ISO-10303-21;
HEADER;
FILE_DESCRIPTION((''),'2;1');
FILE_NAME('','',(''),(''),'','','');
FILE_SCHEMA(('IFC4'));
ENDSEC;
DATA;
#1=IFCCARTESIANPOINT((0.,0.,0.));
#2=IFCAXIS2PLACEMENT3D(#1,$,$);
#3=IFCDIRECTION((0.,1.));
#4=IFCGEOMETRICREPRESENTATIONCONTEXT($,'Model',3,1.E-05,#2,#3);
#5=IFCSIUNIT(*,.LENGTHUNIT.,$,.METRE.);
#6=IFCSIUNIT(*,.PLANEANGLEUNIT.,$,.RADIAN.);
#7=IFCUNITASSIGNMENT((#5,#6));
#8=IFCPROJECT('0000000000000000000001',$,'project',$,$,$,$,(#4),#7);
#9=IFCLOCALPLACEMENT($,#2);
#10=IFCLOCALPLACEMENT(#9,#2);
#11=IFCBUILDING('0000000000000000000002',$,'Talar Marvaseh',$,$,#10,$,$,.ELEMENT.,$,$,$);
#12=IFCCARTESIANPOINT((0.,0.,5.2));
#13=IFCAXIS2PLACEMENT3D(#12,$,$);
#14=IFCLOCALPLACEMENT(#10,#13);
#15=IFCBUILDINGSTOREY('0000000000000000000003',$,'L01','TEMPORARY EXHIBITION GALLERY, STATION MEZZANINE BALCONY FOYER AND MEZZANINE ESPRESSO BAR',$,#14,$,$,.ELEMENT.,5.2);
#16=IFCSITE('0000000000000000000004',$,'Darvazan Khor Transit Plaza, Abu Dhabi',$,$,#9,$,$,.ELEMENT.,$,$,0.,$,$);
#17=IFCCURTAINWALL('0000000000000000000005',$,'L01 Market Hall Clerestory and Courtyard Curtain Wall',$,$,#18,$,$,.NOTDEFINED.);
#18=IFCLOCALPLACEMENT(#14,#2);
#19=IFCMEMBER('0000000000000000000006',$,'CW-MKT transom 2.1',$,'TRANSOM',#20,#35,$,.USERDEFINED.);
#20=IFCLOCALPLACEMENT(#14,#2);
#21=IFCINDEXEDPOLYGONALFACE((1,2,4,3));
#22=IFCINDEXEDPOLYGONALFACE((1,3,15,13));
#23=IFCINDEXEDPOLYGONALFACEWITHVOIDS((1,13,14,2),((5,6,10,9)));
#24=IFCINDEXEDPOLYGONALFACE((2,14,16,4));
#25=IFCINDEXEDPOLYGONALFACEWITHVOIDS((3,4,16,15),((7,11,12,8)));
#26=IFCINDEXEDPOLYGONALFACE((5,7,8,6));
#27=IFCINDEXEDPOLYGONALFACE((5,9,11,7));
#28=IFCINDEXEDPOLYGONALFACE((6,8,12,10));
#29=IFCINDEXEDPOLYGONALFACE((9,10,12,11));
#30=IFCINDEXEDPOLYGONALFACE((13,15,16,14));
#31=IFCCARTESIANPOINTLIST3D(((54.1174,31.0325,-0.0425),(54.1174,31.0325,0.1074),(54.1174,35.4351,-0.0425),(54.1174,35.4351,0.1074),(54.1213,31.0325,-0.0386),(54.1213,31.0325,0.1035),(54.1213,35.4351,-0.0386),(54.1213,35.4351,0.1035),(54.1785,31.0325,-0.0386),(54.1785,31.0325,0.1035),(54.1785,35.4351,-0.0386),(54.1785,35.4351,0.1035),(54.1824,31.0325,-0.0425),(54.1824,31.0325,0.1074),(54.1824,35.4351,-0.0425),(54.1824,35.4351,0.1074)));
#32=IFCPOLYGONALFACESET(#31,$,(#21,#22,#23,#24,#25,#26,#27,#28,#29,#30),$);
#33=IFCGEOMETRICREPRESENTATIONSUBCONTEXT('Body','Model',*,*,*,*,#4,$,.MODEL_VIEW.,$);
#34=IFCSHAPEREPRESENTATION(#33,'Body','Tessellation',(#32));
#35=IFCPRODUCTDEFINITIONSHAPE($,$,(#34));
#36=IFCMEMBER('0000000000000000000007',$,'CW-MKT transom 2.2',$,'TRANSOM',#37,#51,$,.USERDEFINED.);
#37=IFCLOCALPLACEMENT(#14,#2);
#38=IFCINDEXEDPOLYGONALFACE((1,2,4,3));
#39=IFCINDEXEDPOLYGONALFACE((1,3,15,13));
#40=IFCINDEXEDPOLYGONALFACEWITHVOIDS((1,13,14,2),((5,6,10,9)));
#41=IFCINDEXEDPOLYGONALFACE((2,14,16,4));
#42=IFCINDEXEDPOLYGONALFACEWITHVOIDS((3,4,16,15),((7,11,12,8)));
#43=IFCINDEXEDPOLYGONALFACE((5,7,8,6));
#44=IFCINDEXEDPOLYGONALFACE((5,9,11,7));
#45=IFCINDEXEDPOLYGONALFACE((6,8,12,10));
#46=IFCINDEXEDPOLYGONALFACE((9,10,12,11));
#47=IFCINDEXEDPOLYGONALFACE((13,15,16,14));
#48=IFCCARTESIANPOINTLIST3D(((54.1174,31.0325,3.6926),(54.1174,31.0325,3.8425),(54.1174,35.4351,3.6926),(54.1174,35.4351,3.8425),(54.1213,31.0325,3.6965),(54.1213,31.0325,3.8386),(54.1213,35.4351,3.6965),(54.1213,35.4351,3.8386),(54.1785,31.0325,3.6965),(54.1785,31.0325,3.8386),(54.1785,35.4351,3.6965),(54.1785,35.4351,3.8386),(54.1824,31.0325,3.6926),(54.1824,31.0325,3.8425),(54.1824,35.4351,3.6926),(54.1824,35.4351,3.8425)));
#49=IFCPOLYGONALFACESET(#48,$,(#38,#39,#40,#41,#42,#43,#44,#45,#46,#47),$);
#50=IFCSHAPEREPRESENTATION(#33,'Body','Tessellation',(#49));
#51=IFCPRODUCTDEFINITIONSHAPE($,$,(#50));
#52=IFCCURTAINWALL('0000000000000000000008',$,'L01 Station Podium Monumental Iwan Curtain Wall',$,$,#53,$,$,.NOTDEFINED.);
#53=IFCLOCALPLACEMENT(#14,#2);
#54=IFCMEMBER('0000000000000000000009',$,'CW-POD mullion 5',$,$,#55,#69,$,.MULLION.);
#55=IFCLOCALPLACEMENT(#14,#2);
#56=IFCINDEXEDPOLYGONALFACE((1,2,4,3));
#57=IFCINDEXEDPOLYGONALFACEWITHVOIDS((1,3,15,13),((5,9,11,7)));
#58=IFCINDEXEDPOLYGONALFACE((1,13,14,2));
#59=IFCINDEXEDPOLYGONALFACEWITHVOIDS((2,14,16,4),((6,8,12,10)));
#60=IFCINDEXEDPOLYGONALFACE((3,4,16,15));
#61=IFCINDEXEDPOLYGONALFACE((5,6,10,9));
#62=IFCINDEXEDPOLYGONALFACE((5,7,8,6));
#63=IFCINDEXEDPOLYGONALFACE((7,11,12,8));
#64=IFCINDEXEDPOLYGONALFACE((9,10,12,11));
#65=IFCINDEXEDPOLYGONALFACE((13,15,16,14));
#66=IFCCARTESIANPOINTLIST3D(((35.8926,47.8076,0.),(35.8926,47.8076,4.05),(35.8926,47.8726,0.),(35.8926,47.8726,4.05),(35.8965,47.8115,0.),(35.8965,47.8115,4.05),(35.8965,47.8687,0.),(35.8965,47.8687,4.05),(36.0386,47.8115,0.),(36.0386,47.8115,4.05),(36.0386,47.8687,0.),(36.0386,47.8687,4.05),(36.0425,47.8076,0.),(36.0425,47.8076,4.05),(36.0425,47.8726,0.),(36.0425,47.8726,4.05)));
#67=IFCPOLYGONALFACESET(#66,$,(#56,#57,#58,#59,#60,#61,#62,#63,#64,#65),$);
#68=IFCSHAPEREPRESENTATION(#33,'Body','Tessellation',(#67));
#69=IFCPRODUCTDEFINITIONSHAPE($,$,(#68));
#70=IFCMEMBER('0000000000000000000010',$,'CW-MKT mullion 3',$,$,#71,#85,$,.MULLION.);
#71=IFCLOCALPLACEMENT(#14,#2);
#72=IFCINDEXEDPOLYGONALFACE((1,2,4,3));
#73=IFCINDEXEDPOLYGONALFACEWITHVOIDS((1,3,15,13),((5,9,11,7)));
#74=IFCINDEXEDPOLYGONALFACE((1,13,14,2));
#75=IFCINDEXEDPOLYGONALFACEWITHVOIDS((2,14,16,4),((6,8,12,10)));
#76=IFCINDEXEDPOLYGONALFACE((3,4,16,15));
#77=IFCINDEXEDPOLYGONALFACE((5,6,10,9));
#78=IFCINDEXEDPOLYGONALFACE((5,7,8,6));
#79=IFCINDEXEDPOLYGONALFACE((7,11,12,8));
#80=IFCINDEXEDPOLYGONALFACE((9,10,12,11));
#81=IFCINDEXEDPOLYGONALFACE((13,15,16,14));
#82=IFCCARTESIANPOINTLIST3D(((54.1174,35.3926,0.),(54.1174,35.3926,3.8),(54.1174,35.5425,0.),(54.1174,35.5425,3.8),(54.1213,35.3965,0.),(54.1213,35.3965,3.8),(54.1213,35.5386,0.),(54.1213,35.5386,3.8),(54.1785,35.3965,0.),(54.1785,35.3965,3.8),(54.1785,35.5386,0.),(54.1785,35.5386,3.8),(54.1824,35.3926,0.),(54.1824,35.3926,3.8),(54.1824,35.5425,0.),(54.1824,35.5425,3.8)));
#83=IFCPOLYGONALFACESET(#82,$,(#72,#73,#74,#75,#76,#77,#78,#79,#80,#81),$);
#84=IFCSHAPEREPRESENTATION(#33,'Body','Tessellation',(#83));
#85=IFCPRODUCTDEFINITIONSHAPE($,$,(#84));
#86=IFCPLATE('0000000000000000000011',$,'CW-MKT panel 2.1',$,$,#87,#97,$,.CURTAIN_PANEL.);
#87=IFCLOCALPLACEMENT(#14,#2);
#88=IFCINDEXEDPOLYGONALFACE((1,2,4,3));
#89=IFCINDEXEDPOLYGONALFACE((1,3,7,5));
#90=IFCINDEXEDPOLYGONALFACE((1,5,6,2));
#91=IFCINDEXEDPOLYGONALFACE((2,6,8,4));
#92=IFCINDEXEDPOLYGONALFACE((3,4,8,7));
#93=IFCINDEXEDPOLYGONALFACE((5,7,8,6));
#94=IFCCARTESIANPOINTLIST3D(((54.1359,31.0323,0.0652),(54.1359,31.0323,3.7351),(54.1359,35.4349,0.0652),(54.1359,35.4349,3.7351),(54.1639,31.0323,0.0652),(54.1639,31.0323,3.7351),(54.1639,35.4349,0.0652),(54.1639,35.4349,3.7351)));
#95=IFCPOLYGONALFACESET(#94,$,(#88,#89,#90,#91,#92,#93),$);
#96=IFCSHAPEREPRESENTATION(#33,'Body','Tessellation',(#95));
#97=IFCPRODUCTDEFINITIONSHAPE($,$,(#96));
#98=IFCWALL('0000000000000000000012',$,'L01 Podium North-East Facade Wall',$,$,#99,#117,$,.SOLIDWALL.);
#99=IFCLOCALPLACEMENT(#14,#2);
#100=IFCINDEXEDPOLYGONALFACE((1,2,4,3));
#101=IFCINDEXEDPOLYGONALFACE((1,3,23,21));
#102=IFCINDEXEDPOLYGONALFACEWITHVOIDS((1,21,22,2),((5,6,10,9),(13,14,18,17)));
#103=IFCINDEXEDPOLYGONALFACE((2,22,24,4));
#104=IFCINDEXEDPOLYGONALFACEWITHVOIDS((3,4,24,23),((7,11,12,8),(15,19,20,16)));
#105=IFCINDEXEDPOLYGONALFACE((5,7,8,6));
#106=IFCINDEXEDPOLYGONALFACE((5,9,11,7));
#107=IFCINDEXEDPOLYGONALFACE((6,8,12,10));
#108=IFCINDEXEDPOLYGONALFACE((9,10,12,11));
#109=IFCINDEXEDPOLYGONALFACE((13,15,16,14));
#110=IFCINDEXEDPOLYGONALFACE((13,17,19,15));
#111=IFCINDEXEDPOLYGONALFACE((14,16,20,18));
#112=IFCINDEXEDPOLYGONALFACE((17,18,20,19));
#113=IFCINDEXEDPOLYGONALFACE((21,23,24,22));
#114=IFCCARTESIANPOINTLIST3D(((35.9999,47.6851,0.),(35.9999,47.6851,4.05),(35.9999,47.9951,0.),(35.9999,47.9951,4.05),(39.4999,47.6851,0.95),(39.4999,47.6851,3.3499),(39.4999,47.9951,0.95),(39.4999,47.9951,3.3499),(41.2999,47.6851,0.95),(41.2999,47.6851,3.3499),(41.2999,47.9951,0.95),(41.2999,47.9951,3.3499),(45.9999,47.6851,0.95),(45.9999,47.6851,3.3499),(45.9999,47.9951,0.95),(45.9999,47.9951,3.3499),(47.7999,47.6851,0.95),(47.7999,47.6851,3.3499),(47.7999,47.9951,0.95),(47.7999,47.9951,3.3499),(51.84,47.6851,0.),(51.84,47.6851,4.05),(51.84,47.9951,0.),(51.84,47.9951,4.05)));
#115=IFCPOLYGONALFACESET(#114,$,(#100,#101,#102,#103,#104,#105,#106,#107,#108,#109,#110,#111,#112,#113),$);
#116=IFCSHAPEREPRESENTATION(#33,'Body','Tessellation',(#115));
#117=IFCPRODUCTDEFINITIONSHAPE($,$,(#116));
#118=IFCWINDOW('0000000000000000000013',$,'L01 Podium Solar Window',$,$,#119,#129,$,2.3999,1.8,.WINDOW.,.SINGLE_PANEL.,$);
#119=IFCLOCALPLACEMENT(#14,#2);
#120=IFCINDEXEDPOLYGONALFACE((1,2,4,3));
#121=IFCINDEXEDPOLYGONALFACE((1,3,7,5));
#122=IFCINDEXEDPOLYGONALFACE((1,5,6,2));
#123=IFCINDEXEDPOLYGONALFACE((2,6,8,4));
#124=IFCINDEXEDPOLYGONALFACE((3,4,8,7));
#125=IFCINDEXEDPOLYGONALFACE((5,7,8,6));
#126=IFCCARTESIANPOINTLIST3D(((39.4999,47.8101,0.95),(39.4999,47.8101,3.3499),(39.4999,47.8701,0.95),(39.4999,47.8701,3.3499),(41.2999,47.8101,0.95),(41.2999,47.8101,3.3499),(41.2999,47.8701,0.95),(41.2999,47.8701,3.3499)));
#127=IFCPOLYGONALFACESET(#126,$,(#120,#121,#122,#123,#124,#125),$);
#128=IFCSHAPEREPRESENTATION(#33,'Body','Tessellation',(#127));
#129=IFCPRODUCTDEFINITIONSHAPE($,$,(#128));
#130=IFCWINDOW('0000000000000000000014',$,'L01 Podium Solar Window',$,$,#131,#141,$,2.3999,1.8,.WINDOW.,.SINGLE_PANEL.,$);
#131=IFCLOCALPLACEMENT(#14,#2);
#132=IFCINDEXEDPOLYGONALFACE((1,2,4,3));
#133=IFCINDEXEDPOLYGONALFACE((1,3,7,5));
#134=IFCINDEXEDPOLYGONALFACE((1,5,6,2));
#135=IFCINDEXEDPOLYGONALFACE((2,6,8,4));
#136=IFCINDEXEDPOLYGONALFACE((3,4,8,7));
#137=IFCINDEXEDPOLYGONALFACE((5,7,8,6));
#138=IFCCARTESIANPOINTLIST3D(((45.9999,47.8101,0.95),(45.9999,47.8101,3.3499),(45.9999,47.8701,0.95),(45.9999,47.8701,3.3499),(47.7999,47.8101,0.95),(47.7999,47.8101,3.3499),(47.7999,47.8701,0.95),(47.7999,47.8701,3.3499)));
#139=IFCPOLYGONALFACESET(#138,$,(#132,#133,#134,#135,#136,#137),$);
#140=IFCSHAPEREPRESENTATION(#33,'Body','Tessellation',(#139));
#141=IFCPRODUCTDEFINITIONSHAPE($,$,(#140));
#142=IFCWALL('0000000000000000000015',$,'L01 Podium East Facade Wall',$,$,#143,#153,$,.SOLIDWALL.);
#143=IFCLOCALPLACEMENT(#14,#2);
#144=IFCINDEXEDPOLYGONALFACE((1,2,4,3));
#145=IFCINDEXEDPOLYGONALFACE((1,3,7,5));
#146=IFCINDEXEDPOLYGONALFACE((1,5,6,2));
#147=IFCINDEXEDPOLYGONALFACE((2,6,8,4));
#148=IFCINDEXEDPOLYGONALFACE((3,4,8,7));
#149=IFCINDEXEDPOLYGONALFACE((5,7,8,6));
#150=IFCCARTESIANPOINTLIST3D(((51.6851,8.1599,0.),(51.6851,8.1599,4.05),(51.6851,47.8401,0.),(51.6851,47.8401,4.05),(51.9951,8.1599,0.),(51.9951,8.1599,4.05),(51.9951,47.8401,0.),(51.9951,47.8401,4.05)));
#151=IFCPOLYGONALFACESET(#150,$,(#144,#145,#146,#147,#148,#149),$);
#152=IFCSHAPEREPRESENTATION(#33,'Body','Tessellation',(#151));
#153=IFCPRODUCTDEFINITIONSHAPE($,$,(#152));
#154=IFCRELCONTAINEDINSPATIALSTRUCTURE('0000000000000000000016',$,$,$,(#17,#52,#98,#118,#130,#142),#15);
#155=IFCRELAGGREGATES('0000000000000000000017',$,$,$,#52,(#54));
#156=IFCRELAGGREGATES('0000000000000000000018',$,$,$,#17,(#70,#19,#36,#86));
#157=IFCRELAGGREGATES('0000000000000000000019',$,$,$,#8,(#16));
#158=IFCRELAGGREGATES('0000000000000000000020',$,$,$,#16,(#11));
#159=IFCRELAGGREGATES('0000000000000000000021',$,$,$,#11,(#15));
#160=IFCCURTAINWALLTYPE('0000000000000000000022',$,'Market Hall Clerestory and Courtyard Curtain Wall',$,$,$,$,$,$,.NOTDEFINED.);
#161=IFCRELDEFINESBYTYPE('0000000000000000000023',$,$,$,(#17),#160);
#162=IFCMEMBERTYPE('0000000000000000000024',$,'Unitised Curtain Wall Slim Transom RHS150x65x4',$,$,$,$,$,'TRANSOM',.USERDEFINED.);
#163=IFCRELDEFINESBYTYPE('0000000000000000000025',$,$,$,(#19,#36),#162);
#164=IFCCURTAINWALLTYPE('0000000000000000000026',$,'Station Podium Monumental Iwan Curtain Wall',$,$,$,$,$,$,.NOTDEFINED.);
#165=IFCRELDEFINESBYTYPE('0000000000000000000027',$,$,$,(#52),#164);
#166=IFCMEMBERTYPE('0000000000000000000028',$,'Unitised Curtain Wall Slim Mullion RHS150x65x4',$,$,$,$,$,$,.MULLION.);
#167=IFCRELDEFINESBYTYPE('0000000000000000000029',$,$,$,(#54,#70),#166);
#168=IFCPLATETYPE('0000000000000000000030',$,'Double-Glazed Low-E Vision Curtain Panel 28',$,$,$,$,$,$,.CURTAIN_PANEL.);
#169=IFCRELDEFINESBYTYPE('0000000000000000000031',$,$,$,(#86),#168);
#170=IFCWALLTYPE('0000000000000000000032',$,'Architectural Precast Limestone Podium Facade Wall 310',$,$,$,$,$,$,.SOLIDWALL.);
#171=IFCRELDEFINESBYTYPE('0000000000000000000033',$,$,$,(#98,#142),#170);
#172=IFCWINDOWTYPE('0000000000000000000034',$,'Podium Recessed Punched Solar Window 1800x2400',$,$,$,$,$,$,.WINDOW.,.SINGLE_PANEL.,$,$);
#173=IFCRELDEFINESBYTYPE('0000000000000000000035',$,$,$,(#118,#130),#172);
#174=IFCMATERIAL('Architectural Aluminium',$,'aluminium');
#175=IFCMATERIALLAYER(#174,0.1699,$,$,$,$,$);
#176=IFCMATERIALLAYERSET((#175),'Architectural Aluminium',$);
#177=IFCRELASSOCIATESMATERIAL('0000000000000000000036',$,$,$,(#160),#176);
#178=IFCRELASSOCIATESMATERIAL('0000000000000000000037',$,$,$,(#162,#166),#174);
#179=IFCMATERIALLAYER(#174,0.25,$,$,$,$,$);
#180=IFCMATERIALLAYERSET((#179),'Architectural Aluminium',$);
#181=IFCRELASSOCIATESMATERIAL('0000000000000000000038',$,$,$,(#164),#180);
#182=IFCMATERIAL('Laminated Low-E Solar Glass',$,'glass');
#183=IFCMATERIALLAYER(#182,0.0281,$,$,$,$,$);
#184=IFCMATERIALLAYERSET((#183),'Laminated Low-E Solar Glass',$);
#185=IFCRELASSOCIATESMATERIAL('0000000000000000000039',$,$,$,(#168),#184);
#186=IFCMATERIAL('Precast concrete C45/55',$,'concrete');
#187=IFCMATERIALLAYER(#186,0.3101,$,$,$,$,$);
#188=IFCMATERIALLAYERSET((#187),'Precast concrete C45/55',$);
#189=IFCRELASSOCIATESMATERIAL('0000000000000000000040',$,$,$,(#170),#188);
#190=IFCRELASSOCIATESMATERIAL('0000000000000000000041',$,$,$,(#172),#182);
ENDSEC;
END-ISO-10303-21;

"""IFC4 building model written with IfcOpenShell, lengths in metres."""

from ifc_helpers import new_model, si_unit, direction, frame, frame_2d, origin, origin_2d, place, context, subcontext, project, spatial, rectangle, hollow_rectangle, extrude, source, transform, mapped, material, layer, layer_set, material_profile, profile_set, type_object, type_shapes, element, fill, aggregate, save


model = new_model("IFC4")

# Units and contexts
model_context = context("Model", 3, precision=1e-05, world=origin(), true_north=direction((0.0, 1.0)))
body_context = subcontext(model_context, "Body", "Model", "MODEL_VIEW")
ifc_project = project(units=[si_unit("LENGTHUNIT", "METRE"), si_unit("PLANEANGLEUNIT", "RADIAN")], contexts=[model_context])

# Site, building, storey
site_placement = place(None, origin())
site = spatial("IfcSite", under=ifc_project, at=site_placement, Name="Darvazan Khor Transit Plaza, Abu Dhabi", CompositionType="ELEMENT", RefElevation=0.0)
building_placement = place(site_placement, origin())
building = spatial("IfcBuilding", under=site, at=building_placement, Name="Talar Marvaseh", CompositionType="ELEMENT")
storey_placement = place(building_placement, frame((0.0, 0.0, 5.2)))
storey = spatial("IfcBuildingStorey", under=building, at=storey_placement, Name="L01", Description="TEMPORARY EXHIBITION GALLERY, STATION MEZZANINE BALCONY FOYER AND MEZZANINE ESPRESSO BAR", CompositionType="ELEMENT", Elevation=5.2)

# Curtain wall, members
ifc_material_1 = material(Name="Architectural Aluminium", Category="aluminium")
ifc_layer_1 = layer(ifc_material_1, 0.1699)
ifc_layer_set_1 = layer_set([ifc_layer_1], Name="Architectural Aluminium")
curtain_wall_type_1 = type_object("IfcCurtainWallType", Name="Market Hall Clerestory and Courtyard Curtain Wall", PredefinedType="NOTDEFINED", material=ifc_layer_set_1)
curtain_wall_1_placement = place(storey_placement, origin())
curtain_wall_1 = element("IfcCurtainWall", 1, at=curtain_wall_1_placement, inside=storey, type_object=curtain_wall_type_1, Name="L01 Market Hall Clerestory and Courtyard Curtain Wall", PredefinedType="NOTDEFINED")
ifc_material_profile_1 = material_profile(ifc_material_1, hollow_rectangle(XDim=0.0649, YDim=0.1499, WallThickness=0.0039, at=origin_2d()), Name="RHS150x65x4")
ifc_profile_set_1 = profile_set([ifc_material_profile_1], Name="Architectural Aluminium")
member_type_1 = type_object("IfcMemberType", Name="Unitised Curtain Wall Slim Transom RHS150x65x4", ElementType="TRANSOM", PredefinedType="USERDEFINED", material=ifc_profile_set_1)
shared_shape_1 = source(origin(), body_context, "Body", "SweptSolid", [
    extrude(hollow_rectangle(XDim=0.0649, YDim=0.1499, WallThickness=0.0039, at=origin_2d()), origin(), (0.0, 0.0, 1.0), 4.4026),
])
type_shapes(member_type_1, [shared_shape_1])
member_1_placement = place(storey_placement, frame((54.1499, 31.0325, 0.0325), z_axis=(0.0, 1.0, 0.0), x_axis=(-1.0, 0.0, 0.0)))
member_1 = element("IfcMember", 2, at=member_1_placement, type_object=member_type_1, Name="CW-MKT transom 2.1", ObjectType="TRANSOM", PredefinedType="USERDEFINED", context=body_context, shape_type="MappedRepresentation", body=[
    mapped(shared_shape_1, transform((0.0, 0.0, 0.0), x_axis=(1.0, 0.0, 0.0), y_axis=(0.0, 1.0, 0.0), z_axis=(0.0, 0.0, 1.0), scale=1.0)),
])
member_2_placement = place(storey_placement, frame((54.1499, 31.0325, 3.7676), z_axis=(0.0, 1.0, 0.0), x_axis=(-1.0, 0.0, 0.0)))
member_2 = element("IfcMember", 3, at=member_2_placement, type_object=member_type_1, Name="CW-MKT transom 2.2", ObjectType="TRANSOM", PredefinedType="USERDEFINED", context=body_context, shape_type="MappedRepresentation", body=[
    mapped(shared_shape_1, transform((0.0, 0.0, 0.0), x_axis=(1.0, 0.0, 0.0), y_axis=(0.0, 1.0, 0.0), z_axis=(0.0, 0.0, 1.0), scale=1.0)),
])

# Curtain wall, member
ifc_layer_2 = layer(ifc_material_1, 0.25)
ifc_layer_set_2 = layer_set([ifc_layer_2], Name="Architectural Aluminium")
curtain_wall_type_2 = type_object("IfcCurtainWallType", Name="Station Podium Monumental Iwan Curtain Wall", PredefinedType="NOTDEFINED", material=ifc_layer_set_2)
curtain_wall_2_placement = place(storey_placement, origin())
curtain_wall_2 = element("IfcCurtainWall", 4, at=curtain_wall_2_placement, inside=storey, type_object=curtain_wall_type_2, Name="L01 Station Podium Monumental Iwan Curtain Wall", PredefinedType="NOTDEFINED")
ifc_material_profile_2 = material_profile(ifc_material_1, hollow_rectangle(XDim=0.0649, YDim=0.1499, WallThickness=0.0039, at=origin_2d()), Name="RHS150x65x4")
ifc_profile_set_2 = profile_set([ifc_material_profile_2], Name="Architectural Aluminium")
member_type_2 = type_object("IfcMemberType", Name="Unitised Curtain Wall Slim Mullion RHS150x65x4", PredefinedType="MULLION", material=ifc_profile_set_2)
shared_shape_2 = source(origin(), body_context, "Body", "SweptSolid", [
    extrude(hollow_rectangle(XDim=0.0649, YDim=0.1499, WallThickness=0.0039, at=origin_2d()), origin(), (0.0, 0.0, 1.0), 4.05),
])
member_3_placement = place(storey_placement, frame((35.9675, 47.8401, 0.0), z_axis=(0.0, 0.0, 1.0), x_axis=(0.0, 1.0, 0.0)))
member_3 = element("IfcMember", 5, at=member_3_placement, type_object=member_type_2, Name="CW-POD mullion 5", PredefinedType="MULLION", context=body_context, shape_type="MappedRepresentation", body=[
    mapped(shared_shape_2, transform((0.0, 0.0, 0.0), x_axis=(1.0, 0.0, 0.0), y_axis=(0.0, 1.0, 0.0), z_axis=(0.0, 0.0, 1.0), scale=1.0)),
])
aggregate(curtain_wall_2, [member_3])

# Member
shared_shape_3 = source(origin(), body_context, "Body", "SweptSolid", [
    extrude(hollow_rectangle(XDim=0.0649, YDim=0.1499, WallThickness=0.0039, at=origin_2d()), origin(), (0.0, 0.0, 1.0), 3.8),
])
type_shapes(member_type_2, [shared_shape_2, shared_shape_3])
member_4_placement = place(storey_placement, frame((54.1499, 35.4675, 0.0), z_axis=(0.0, 0.0, 1.0), x_axis=(-1.0, 0.0, 0.0)))
member_4 = element("IfcMember", 6, at=member_4_placement, type_object=member_type_2, Name="CW-MKT mullion 3", PredefinedType="MULLION", context=body_context, shape_type="MappedRepresentation", body=[
    mapped(shared_shape_3, transform((0.0, 0.0, 0.0), x_axis=(1.0, 0.0, 0.0), y_axis=(0.0, 1.0, 0.0), z_axis=(0.0, 0.0, 1.0), scale=1.0)),
])

# Plate
ifc_material_2 = material(Name="Laminated Low-E Solar Glass", Category="glass")
ifc_layer_3 = layer(ifc_material_2, 0.0281)
ifc_layer_set_3 = layer_set([ifc_layer_3], Name="Laminated Low-E Solar Glass")
plate_type = type_object("IfcPlateType", Name="Double-Glazed Low-E Vision Curtain Panel 28", PredefinedType="CURTAIN_PANEL", material=ifc_layer_set_3)
shared_shape_4 = source(origin(), body_context, "Body", "SweptSolid", [
    extrude(rectangle(XDim=4.4026, YDim=0.0281, at=origin_2d()), origin(), (0.0, 0.0, 1.0), 3.6699),
])
type_shapes(plate_type, [shared_shape_4])
plate_placement = place(storey_placement, frame((54.1499, 33.2336, 0.0652), z_axis=(0.0, 0.0, 1.0), x_axis=(0.0, 1.0, 0.0)))
plate = element("IfcPlate", 7, at=plate_placement, type_object=plate_type, Name="CW-MKT panel 2.1", PredefinedType="CURTAIN_PANEL", context=body_context, shape_type="MappedRepresentation", body=[
    mapped(shared_shape_4, transform((0.0, 0.0, 0.0), x_axis=(1.0, 0.0, 0.0), y_axis=(0.0, 1.0, 0.0), z_axis=(0.0, 0.0, 1.0), scale=1.0)),
])
aggregate(curtain_wall_1, [member_4, member_1, member_2, plate])

# Wall, openings, windows
ifc_material_3 = material(Name="Precast concrete C45/55", Category="concrete")
ifc_layer_4 = layer(ifc_material_3, 0.3101)
ifc_layer_set_4 = layer_set([ifc_layer_4], Name="Precast concrete C45/55")
wall_type_1 = type_object("IfcWallType", Name="Architectural Precast Limestone Podium Facade Wall 310", PredefinedType="SOLIDWALL", material=ifc_layer_set_4)
wall_1_placement = place(storey_placement, frame((36.0, 47.8401, 0.0), z_axis=(0.0, 0.0, 1.0), x_axis=(1.0, 0.0, 0.0)))
wall_1 = element("IfcWall", 8, at=wall_1_placement, inside=storey, type_object=wall_type_1, Name="L01 Podium North-East Facade Wall", PredefinedType="SOLIDWALL", context=body_context, shape_type="SweptSolid", body=[
    extrude(rectangle(XDim=15.8401, YDim=0.3101, at=frame_2d((7.9199, 0.0))), origin(), (0.0, 0.0, 1.0), 4.05),
])
opening_1_placement = place(wall_1_placement, frame((3.5, 0.0, 0.95)))
opening_1 = element("IfcOpeningElement", 9, at=opening_1_placement, cuts=wall_1, PredefinedType="OPENING", context=body_context, shape_type="SweptSolid", body=[
    extrude(rectangle(XDim=1.8, YDim=2.3999, at=frame_2d((0.8999, 1.2))), frame((0.0, 0.165, 0.0), z_axis=(0.0, -1.0, 0.0), x_axis=(1.0, 0.0, 0.0)), (0.0, 0.0, 1.0), 0.3301),
])
opening_2_placement = place(wall_1_placement, frame((10.0, 0.0, 0.95)))
opening_2 = element("IfcOpeningElement", 10, at=opening_2_placement, cuts=wall_1, PredefinedType="OPENING", context=body_context, shape_type="SweptSolid", body=[
    extrude(rectangle(XDim=1.8, YDim=2.3999, at=frame_2d((0.8999, 1.2))), frame((0.0, 0.165, 0.0), z_axis=(0.0, -1.0, 0.0), x_axis=(1.0, 0.0, 0.0)), (0.0, 0.0, 1.0), 0.3301),
])
window_type = type_object("IfcWindowType", Name="Podium Recessed Punched Solar Window 1800x2400", PartitioningType="SINGLE_PANEL", PredefinedType="WINDOW", material=ifc_material_2)
shared_shape_5 = source(origin(), body_context, "Body", "SweptSolid", [
    extrude(rectangle(XDim=1.8, YDim=2.3999, at=frame_2d((0.8999, 1.2))), frame((0.0, 0.03, 0.0), z_axis=(0.0, -1.0, 0.0), x_axis=(1.0, 0.0, 0.0)), (0.0, 0.0, 1.0), 0.0601),
])
type_shapes(window_type, [shared_shape_5])
window_1_placement = place(opening_1_placement, origin())
window_1 = element("IfcWindow", 11, at=window_1_placement, inside=storey, type_object=window_type, Name="L01 Podium Solar Window", OverallHeight=2.3999, OverallWidth=1.8, PartitioningType="SINGLE_PANEL", PredefinedType="WINDOW", context=body_context, shape_type="MappedRepresentation", body=[
    mapped(shared_shape_5, transform((0.0, 0.0, 0.0), x_axis=(1.0, 0.0, 0.0), y_axis=(0.0, 1.0, 0.0), z_axis=(0.0, 0.0, 1.0), scale=1.0)),
])
fill(opening_1, window_1)
window_2_placement = place(opening_2_placement, origin())
window_2 = element("IfcWindow", 12, at=window_2_placement, inside=storey, type_object=window_type, Name="L01 Podium Solar Window", OverallHeight=2.3999, OverallWidth=1.8, PartitioningType="SINGLE_PANEL", PredefinedType="WINDOW", context=body_context, shape_type="MappedRepresentation", body=[
    mapped(shared_shape_5, transform((0.0, 0.0, 0.0), x_axis=(1.0, 0.0, 0.0), y_axis=(0.0, 1.0, 0.0), z_axis=(0.0, 0.0, 1.0), scale=1.0)),
])
fill(opening_2, window_2)

# Wall
wall_2_placement = place(storey_placement, frame((51.8401, 47.8401, 0.0), z_axis=(0.0, 0.0, 1.0), x_axis=(0.0, -1.0, 0.0)))
element("IfcWall", 13, at=wall_2_placement, inside=storey, type_object=wall_type_1, Name="L01 Podium East Facade Wall", PredefinedType="SOLIDWALL", context=body_context, shape_type="SweptSolid", body=[
    extrude(rectangle(XDim=39.6802, YDim=0.3101, at=frame_2d((19.8401, 0.0))), origin(), (0.0, 0.0, 1.0), 4.05),
])

save(model, "model.ifc")
